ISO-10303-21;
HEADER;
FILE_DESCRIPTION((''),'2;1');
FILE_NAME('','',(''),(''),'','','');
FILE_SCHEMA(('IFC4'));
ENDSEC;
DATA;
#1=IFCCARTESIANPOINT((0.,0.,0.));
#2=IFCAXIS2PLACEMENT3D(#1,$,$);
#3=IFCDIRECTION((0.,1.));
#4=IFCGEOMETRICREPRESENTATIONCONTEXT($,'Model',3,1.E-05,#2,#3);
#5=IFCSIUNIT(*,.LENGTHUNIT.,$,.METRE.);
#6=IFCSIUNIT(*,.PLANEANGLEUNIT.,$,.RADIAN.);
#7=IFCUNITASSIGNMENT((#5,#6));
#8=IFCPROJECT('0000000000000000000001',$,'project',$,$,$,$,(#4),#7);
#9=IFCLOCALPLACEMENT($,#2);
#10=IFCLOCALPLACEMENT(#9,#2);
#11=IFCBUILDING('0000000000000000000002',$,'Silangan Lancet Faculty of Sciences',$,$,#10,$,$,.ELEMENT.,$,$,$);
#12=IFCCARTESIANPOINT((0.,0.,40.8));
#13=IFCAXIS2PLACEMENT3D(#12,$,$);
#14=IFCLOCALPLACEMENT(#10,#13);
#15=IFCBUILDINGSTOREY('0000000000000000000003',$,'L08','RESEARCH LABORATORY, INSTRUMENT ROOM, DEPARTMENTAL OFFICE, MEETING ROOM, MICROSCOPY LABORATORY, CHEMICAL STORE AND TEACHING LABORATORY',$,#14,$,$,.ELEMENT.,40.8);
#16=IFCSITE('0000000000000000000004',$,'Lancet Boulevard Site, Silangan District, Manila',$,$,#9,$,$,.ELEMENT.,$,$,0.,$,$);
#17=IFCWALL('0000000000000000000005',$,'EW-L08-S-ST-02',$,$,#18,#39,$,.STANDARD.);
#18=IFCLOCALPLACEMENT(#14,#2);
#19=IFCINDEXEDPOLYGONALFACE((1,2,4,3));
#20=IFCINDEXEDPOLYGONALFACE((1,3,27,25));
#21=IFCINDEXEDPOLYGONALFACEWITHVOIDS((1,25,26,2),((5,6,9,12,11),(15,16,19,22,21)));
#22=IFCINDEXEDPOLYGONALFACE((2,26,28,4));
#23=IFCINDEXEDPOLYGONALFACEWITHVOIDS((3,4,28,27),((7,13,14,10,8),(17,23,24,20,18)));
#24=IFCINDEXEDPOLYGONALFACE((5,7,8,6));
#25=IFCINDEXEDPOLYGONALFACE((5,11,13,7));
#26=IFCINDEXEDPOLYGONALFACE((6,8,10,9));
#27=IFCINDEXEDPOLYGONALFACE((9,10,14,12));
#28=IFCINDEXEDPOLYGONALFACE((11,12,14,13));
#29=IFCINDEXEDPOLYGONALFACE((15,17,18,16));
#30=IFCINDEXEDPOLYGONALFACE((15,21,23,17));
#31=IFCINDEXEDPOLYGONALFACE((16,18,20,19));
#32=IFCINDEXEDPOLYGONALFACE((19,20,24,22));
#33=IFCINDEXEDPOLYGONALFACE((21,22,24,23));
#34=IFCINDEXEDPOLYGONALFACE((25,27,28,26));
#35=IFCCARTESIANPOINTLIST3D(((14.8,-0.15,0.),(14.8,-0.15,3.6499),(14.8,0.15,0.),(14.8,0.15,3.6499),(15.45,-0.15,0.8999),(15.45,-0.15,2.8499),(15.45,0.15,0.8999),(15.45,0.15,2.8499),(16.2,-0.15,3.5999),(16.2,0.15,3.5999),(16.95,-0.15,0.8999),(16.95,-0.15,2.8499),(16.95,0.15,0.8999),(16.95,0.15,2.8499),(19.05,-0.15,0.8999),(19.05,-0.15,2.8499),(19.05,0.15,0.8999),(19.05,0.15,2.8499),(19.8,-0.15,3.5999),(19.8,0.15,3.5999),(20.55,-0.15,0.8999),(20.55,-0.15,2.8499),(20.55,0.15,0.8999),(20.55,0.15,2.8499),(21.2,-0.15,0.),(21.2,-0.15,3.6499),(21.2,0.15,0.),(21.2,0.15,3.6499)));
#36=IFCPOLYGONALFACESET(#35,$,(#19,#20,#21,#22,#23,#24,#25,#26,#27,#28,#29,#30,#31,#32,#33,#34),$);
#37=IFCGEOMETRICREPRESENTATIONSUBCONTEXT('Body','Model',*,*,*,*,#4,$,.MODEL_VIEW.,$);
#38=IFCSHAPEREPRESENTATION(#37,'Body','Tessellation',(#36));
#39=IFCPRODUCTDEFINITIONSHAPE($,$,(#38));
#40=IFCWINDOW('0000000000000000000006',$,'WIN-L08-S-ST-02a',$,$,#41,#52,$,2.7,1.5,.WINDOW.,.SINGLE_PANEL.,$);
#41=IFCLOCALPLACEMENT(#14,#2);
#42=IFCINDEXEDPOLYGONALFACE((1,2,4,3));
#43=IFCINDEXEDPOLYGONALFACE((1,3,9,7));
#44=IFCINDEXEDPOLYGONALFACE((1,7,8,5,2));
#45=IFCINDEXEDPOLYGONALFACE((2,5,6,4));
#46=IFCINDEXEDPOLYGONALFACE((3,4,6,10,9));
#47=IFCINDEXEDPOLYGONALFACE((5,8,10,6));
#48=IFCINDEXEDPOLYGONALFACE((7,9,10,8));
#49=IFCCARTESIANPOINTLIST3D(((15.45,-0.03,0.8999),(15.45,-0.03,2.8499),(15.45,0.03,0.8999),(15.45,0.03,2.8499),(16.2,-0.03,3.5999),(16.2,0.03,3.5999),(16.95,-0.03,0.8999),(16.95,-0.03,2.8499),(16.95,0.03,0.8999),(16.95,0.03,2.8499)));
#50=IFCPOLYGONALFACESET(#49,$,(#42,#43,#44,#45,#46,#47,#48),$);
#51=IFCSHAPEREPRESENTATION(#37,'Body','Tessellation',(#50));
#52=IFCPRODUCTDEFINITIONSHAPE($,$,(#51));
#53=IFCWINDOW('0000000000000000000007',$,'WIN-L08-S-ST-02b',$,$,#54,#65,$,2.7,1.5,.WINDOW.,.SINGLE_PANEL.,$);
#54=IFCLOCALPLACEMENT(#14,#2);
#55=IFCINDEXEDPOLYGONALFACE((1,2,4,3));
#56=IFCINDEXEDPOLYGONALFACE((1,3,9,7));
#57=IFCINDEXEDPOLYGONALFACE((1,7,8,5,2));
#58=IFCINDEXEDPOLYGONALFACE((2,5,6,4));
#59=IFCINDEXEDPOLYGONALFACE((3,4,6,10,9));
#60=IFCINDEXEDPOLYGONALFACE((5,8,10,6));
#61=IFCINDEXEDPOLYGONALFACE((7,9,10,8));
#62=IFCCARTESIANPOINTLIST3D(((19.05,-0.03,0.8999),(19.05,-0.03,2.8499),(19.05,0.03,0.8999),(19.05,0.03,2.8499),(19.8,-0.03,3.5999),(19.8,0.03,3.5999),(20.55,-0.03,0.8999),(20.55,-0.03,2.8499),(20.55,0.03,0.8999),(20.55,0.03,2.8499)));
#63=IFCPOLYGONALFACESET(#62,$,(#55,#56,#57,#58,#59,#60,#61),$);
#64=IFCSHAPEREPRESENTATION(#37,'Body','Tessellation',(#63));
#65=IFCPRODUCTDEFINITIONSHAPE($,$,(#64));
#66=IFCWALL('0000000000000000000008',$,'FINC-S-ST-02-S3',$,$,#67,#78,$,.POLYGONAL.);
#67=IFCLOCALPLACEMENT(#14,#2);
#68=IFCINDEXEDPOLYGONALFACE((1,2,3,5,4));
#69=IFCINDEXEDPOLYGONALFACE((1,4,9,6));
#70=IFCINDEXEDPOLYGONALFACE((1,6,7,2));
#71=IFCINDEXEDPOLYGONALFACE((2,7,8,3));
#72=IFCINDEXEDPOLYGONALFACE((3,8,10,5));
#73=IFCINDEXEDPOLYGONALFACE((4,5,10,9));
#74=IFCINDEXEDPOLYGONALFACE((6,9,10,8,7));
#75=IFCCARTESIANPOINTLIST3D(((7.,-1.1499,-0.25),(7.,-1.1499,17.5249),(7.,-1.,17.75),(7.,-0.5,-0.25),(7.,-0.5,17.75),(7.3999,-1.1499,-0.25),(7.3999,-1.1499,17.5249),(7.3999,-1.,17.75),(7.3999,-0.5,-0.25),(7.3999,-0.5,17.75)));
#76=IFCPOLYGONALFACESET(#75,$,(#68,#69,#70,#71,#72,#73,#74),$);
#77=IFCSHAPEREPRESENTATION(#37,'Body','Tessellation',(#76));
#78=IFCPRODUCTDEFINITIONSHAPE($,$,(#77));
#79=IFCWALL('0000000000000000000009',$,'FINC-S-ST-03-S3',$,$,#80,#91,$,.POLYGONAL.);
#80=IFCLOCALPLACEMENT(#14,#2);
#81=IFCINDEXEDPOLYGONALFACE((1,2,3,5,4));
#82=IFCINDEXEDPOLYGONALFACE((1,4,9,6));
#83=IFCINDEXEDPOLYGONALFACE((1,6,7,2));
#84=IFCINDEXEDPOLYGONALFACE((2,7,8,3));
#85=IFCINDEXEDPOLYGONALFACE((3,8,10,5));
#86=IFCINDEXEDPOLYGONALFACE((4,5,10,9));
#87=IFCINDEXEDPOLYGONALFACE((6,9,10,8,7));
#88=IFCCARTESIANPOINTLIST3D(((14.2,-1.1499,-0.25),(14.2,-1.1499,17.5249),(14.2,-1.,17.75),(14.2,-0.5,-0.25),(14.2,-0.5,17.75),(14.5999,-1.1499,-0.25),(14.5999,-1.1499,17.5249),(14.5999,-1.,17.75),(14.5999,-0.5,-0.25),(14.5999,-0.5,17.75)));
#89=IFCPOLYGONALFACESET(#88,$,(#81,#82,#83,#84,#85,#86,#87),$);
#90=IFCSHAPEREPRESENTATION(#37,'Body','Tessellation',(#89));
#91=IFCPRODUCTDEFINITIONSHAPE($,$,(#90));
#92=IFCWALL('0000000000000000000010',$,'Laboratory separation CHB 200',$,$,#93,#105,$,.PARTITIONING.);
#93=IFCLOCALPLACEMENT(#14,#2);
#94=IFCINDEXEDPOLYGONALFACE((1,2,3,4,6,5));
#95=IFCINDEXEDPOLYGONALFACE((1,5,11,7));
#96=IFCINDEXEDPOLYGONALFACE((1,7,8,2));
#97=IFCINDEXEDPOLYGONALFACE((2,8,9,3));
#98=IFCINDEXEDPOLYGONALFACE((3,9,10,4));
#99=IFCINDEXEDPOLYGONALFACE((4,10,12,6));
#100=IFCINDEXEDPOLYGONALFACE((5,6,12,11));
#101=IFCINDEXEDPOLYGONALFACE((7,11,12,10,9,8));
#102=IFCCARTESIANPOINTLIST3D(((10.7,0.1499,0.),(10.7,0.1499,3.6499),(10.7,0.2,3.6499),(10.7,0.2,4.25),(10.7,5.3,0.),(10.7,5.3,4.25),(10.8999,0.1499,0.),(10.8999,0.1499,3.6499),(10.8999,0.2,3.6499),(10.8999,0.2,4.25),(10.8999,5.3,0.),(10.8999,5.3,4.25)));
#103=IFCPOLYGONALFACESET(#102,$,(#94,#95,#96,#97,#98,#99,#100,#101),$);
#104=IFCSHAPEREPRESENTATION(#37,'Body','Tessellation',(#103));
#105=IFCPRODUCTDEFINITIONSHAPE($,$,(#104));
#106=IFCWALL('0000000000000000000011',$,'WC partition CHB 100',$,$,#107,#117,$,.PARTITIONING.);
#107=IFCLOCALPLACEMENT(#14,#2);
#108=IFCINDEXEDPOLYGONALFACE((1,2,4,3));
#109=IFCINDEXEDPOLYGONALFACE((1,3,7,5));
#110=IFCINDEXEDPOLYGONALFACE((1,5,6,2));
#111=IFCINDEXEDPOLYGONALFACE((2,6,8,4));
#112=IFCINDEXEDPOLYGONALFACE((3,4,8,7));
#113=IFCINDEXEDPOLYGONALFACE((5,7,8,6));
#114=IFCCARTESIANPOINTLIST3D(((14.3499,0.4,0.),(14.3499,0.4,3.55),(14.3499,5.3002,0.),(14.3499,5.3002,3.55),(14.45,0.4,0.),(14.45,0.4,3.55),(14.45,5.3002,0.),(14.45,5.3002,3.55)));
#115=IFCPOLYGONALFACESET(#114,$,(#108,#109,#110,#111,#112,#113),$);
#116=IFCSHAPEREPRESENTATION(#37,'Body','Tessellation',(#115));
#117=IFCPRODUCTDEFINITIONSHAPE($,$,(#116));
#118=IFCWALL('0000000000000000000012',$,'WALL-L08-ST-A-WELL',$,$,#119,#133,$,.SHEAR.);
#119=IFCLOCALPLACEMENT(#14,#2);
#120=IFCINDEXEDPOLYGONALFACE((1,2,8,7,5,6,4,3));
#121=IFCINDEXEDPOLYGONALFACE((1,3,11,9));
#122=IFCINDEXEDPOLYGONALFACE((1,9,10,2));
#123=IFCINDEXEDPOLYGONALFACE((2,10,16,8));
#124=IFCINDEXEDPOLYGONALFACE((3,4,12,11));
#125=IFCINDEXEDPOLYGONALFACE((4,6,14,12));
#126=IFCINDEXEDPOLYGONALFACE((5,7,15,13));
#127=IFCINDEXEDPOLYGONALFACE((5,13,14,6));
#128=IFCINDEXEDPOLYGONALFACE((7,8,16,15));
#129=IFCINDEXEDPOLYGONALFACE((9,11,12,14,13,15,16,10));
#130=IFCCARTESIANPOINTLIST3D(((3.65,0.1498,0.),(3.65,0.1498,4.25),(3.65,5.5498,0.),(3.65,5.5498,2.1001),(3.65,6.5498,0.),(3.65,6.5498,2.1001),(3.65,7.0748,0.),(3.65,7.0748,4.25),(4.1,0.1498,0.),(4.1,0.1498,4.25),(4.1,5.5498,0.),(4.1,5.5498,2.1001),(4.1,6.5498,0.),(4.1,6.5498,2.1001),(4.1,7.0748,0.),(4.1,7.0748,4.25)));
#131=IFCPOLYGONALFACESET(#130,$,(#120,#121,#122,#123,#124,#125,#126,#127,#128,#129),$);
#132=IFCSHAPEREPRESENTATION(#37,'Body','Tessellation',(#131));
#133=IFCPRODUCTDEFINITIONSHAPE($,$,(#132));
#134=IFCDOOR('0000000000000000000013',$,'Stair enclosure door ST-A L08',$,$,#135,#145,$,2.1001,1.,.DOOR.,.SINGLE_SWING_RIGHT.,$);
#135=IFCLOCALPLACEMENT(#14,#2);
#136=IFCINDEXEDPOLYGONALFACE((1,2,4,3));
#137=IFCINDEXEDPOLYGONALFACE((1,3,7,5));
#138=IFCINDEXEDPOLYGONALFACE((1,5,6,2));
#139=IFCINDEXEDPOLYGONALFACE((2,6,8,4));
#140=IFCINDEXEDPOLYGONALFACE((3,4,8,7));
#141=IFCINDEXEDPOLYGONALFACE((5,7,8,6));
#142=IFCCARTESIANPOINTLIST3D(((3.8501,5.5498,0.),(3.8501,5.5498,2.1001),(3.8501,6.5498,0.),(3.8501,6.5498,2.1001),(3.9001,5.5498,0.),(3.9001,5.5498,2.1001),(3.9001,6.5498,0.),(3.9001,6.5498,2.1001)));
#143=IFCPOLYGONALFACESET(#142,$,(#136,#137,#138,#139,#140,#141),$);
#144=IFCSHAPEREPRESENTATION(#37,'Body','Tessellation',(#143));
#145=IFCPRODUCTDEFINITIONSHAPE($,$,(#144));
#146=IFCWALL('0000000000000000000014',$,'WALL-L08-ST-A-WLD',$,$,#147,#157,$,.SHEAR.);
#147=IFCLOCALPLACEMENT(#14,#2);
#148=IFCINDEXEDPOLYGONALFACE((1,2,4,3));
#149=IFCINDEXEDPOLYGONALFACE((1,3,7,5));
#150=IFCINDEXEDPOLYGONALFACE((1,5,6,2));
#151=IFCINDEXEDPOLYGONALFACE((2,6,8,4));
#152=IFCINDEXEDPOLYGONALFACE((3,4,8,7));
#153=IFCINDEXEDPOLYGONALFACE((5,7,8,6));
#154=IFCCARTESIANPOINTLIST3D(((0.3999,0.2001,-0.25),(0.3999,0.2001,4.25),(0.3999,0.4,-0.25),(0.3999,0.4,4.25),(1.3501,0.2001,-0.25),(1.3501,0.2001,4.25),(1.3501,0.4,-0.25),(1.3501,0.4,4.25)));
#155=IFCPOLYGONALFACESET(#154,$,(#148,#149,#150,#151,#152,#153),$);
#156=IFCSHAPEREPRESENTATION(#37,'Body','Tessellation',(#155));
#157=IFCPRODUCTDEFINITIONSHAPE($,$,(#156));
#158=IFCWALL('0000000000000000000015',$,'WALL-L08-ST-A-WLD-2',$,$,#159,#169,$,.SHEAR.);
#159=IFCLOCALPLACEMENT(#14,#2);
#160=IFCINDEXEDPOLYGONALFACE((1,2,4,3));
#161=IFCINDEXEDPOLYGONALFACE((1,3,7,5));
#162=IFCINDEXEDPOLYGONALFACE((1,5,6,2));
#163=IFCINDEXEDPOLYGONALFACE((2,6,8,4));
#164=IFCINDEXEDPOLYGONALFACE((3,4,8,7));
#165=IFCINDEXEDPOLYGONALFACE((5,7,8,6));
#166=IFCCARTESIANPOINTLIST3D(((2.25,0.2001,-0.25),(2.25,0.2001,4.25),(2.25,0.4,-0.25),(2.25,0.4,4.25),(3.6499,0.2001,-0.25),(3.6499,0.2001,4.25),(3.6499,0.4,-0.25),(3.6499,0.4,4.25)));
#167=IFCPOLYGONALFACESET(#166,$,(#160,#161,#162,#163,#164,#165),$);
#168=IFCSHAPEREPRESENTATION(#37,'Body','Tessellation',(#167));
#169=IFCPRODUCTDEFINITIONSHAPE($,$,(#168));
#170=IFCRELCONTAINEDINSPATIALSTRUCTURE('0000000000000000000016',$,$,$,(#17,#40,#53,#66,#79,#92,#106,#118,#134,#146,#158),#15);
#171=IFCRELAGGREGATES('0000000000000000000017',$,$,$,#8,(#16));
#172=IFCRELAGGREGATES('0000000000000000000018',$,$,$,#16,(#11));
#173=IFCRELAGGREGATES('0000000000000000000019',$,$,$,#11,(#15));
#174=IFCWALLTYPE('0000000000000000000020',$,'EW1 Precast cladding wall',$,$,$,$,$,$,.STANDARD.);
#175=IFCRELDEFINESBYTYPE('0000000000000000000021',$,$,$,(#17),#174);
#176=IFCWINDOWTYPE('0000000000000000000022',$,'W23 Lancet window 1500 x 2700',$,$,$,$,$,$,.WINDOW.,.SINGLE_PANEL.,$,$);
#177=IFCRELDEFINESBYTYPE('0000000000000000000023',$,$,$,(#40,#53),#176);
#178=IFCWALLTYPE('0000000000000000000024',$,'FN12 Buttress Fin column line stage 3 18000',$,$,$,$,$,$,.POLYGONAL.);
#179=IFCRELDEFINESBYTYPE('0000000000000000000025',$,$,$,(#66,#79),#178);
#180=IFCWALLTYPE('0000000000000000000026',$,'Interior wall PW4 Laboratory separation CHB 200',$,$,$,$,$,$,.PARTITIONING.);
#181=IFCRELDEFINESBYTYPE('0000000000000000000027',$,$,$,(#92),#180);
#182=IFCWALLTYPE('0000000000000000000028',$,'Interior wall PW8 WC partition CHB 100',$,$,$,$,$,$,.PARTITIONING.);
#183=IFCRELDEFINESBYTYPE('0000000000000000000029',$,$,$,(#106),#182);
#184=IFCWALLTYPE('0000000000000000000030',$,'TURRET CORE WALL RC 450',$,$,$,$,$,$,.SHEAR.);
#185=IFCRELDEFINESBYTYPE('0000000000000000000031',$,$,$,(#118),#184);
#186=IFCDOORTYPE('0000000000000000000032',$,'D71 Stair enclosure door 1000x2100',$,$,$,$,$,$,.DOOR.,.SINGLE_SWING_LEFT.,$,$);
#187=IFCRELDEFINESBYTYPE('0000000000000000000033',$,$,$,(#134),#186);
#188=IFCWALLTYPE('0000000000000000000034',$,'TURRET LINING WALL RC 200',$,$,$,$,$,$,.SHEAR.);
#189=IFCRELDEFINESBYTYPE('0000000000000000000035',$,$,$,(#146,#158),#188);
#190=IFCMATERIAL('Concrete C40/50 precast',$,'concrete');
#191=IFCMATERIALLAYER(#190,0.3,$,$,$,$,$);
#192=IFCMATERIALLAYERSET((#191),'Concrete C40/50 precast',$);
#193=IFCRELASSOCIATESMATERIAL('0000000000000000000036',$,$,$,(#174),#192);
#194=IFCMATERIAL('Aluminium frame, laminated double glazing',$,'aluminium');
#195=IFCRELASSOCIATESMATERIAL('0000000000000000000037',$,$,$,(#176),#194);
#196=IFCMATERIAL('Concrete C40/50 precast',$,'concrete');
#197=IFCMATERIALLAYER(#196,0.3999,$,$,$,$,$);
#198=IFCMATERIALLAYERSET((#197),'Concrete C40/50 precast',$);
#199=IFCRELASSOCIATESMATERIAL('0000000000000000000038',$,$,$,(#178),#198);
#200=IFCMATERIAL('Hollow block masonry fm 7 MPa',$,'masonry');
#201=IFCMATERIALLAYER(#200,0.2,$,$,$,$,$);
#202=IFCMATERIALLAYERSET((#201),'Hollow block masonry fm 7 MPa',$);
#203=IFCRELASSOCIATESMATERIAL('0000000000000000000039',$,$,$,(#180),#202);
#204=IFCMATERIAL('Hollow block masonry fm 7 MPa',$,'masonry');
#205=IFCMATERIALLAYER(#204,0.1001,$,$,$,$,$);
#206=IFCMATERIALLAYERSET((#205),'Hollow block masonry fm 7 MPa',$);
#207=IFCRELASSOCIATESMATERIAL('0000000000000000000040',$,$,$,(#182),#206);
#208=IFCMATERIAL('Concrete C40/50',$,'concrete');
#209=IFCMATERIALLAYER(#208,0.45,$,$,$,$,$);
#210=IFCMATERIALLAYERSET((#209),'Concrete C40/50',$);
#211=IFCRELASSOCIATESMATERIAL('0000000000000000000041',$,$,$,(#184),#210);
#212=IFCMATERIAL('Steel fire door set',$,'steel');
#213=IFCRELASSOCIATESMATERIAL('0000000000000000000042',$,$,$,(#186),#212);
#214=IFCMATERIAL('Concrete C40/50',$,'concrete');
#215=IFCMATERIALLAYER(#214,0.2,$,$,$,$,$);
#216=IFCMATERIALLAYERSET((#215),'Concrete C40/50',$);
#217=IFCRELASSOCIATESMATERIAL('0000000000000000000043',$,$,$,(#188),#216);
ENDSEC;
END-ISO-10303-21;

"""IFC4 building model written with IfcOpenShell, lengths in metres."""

from ifc_helpers import new_model, si_unit, direction, frame, frame_2d, origin, place, context, subcontext, project, spatial, polyline, rectangle, outline, extrude, material, layer, layer_set, type_object, element, fill, save


model = new_model("IFC4")

# Units and contexts
model_context = context("Model", 3, precision=1e-05, world=origin(), true_north=direction((0.0, 1.0)))
body_context = subcontext(model_context, "Body", "Model", "MODEL_VIEW")
ifc_project = project(units=[si_unit("LENGTHUNIT", "METRE"), si_unit("PLANEANGLEUNIT", "RADIAN")], contexts=[model_context])

# Site, building, storey
site_placement = place(None, origin())
site = spatial("IfcSite", under=ifc_project, at=site_placement, Name="Lancet Boulevard Site, Silangan District, Manila", CompositionType="ELEMENT", RefElevation=0.0)
building_placement = place(site_placement, origin())
building = spatial("IfcBuilding", under=site, at=building_placement, Name="Silangan Lancet Faculty of Sciences", CompositionType="ELEMENT")
storey_placement = place(building_placement, frame((0.0, 0.0, 40.8)))
storey = spatial("IfcBuildingStorey", under=building, at=storey_placement, Name="L08", Description="RESEARCH LABORATORY, INSTRUMENT ROOM, DEPARTMENTAL OFFICE, MEETING ROOM, MICROSCOPY LABORATORY, CHEMICAL STORE AND TEACHING LABORATORY", CompositionType="ELEMENT", Elevation=40.8)

# Wall, openings, windows
ifc_material_1 = material(Name="Concrete C40/50 precast", Category="concrete")
ifc_layer_1 = layer(ifc_material_1, 0.3)
ifc_layer_set_1 = layer_set([ifc_layer_1], Name="Concrete C40/50 precast")
wall_type_1 = type_object("IfcWallType", Name="EW1 Precast cladding wall", PredefinedType="STANDARD", material=ifc_layer_set_1)
ifc_material_2 = material(Name="Aluminium frame, laminated double glazing", Category="aluminium")
window_type = type_object("IfcWindowType", Name="W23 Lancet window 1500 x 2700", PartitioningType="SINGLE_PANEL", PredefinedType="WINDOW", material=ifc_material_2)
wall_1_placement = place(storey_placement, frame((14.8, 0.0, 0.0), z_axis=(0.0, 0.0, 1.0), x_axis=(1.0, 0.0, 0.0)))
wall_1 = element("IfcWall", 1, at=wall_1_placement, inside=storey, type_object=wall_type_1, Name="EW-L08-S-ST-02", PredefinedType="STANDARD", context=body_context, shape_type="SweptSolid", body=[
    extrude(rectangle(XDim=6.3999, YDim=0.3, at=frame_2d((3.2, 0.0))), origin(), (0.0, 0.0, 1.0), 3.6499),
])
opening_1_placement = place(wall_1_placement, frame((0.6499, 0.0, 0.8999)))
opening_1 = element("IfcOpeningElement", 2, at=opening_1_placement, cuts=wall_1, PredefinedType="OPENING", context=body_context, shape_type="SweptSolid", body=[
    extrude(outline(polyline([(0.0, 0.0), (1.5, 0.0), (1.5, 1.95), (0.75, 2.7), (0.0, 1.95), (0.0, 0.0)])), frame((0.0, 0.1599, 0.0), z_axis=(0.0, -1.0, 0.0), x_axis=(1.0, 0.0, 0.0)), (0.0, 0.0, 1.0), 0.3201),
])
opening_2_placement = place(wall_1_placement, frame((4.25, 0.0, 0.8999)))
opening_2 = element("IfcOpeningElement", 3, at=opening_2_placement, cuts=wall_1, PredefinedType="OPENING", context=body_context, shape_type="SweptSolid", body=[
    extrude(outline(polyline([(0.0, 0.0), (1.5, 0.0), (1.5, 1.95), (0.75, 2.7), (0.0, 1.95), (0.0, 0.0)])), frame((0.0, 0.1599, 0.0), z_axis=(0.0, -1.0, 0.0), x_axis=(1.0, 0.0, 0.0)), (0.0, 0.0, 1.0), 0.3201),
])
window_1_placement = place(opening_1_placement, origin())
window_1 = element("IfcWindow", 4, at=window_1_placement, inside=storey, type_object=window_type, Name="WIN-L08-S-ST-02a", OverallHeight=2.7, OverallWidth=1.5, PartitioningType="SINGLE_PANEL", PredefinedType="WINDOW", context=body_context, shape_type="SweptSolid", body=[
    extrude(outline(polyline([(0.0, 0.0), (1.5, 0.0), (1.5, 1.95), (0.75, 2.7), (0.0, 1.95), (0.0, 0.0)])), frame((0.0, 0.03, 0.0), z_axis=(0.0, -1.0, 0.0), x_axis=(1.0, 0.0, 0.0)), (0.0, 0.0, 1.0), 0.0601),
])
fill(opening_1, window_1)
window_2_placement = place(opening_2_placement, origin())
window_2 = element("IfcWindow", 5, at=window_2_placement, inside=storey, type_object=window_type, Name="WIN-L08-S-ST-02b", OverallHeight=2.7, OverallWidth=1.5, PartitioningType="SINGLE_PANEL", PredefinedType="WINDOW", context=body_context, shape_type="SweptSolid", body=[
    extrude(outline(polyline([(0.0, 0.0), (1.5, 0.0), (1.5, 1.95), (0.75, 2.7), (0.0, 1.95), (0.0, 0.0)])), frame((0.0, 0.03, 0.0), z_axis=(0.0, -1.0, 0.0), x_axis=(1.0, 0.0, 0.0)), (0.0, 0.0, 1.0), 0.0601),
])
fill(opening_2, window_2)

# Walls
ifc_material_3 = material(Name="Concrete C40/50 precast", Category="concrete")
ifc_layer_2 = layer(ifc_material_3, 0.3999)
ifc_layer_set_2 = layer_set([ifc_layer_2], Name="Concrete C40/50 precast")
wall_type_2 = type_object("IfcWallType", Name="FN12 Buttress Fin column line stage 3 18000", PredefinedType="POLYGONAL", material=ifc_layer_set_2)
for number, where, z_axis, x_axis, name in (
    (6, (7.2, -0.5, -0.25), (0.0, 0.0, 1.0), (0.0, -1.0, 0.0), "FINC-S-ST-02-S3"),
    (7, (14.3999, -0.5, -0.25), (0.0, 0.0, 1.0), (0.0, -1.0, 0.0), "FINC-S-ST-03-S3"),
):
    element("IfcWall", number, at=place(storey_placement, frame(where, z_axis=z_axis, x_axis=x_axis)), inside=storey, type_object=wall_type_2, Name=name, PredefinedType="POLYGONAL", context=body_context, shape_type="SweptSolid", body=[
        extrude(outline(polyline([(0.6499, 0.0), (0.6499, 17.7749), (0.5, 18.0), (0.0, 18.0), (0.0, 0.0), (0.6499, 0.0)])), frame((0.0, 0.2, 0.0), z_axis=(0.0, -1.0, 0.0), x_axis=(1.0, 0.0, 0.0)), (0.0, 0.0, 1.0), 0.3999),
    ])
ifc_material_4 = material(Name="Hollow block masonry fm 7 MPa", Category="masonry")
ifc_layer_3 = layer(ifc_material_4, 0.2)
ifc_layer_set_3 = layer_set([ifc_layer_3], Name="Hollow block masonry fm 7 MPa")
wall_type_3 = type_object("IfcWallType", Name="Interior wall PW4 Laboratory separation CHB 200", PredefinedType="PARTITIONING", material=ifc_layer_set_3)
wall_2_placement = place(storey_placement, frame((10.8, 0.1499, 0.0), z_axis=(0.0, 0.0, 1.0), x_axis=(0.0, 1.0, 0.0)))
element("IfcWall", 8, at=wall_2_placement, inside=storey, type_object=wall_type_3, Name="Laboratory separation CHB 200", PredefinedType="PARTITIONING", context=body_context, shape_type="SweptSolid", body=[
    extrude(outline(polyline([(0.0, 0.0), (5.1501, 0.0), (5.1501, 4.25), (0.05, 4.25), (0.05, 3.6499), (0.0, 3.6499), (0.0, 0.0)])), frame((0.0, 0.1001, 0.0), z_axis=(0.0, -1.0, 0.0), x_axis=(1.0, 0.0, 0.0)), (0.0, 0.0, 1.0), 0.2),
])
ifc_material_5 = material(Name="Hollow block masonry fm 7 MPa", Category="masonry")
ifc_layer_4 = layer(ifc_material_5, 0.1001)
ifc_layer_set_4 = layer_set([ifc_layer_4], Name="Hollow block masonry fm 7 MPa")
wall_type_4 = type_object("IfcWallType", Name="Interior wall PW8 WC partition CHB 100", PredefinedType="PARTITIONING", material=ifc_layer_set_4)
wall_3_placement = place(storey_placement, frame((14.3999, 0.3999, 0.0), z_axis=(0.0, 0.0, 1.0), x_axis=(0.0, 1.0, 0.0)))
element("IfcWall", 9, at=wall_3_placement, inside=storey, type_object=wall_type_4, Name="WC partition CHB 100", PredefinedType="PARTITIONING", context=body_context, shape_type="SweptSolid", body=[
    extrude(rectangle(XDim=4.9001, YDim=0.1001, at=frame_2d((2.4502, 0.0))), origin(), (0.0, 0.0, 1.0), 3.55),
])

# Wall, opening, door
ifc_material_6 = material(Name="Concrete C40/50", Category="concrete")
ifc_layer_5 = layer(ifc_material_6, 0.45)
ifc_layer_set_5 = layer_set([ifc_layer_5], Name="Concrete C40/50")
wall_type_5 = type_object("IfcWallType", Name="TURRET CORE WALL RC 450", PredefinedType="SHEAR", material=ifc_layer_set_5)
wall_4_placement = place(storey_placement, frame((3.875, 0.1499, 0.0), z_axis=(0.0, 0.0, 1.0), x_axis=(0.0, 1.0, 0.0)))
wall_4 = element("IfcWall", 10, at=wall_4_placement, inside=storey, type_object=wall_type_5, Name="WALL-L08-ST-A-WELL", PredefinedType="SHEAR", context=body_context, shape_type="SweptSolid", body=[
    extrude(rectangle(XDim=6.925, YDim=0.45, at=frame_2d((3.4624, 0.0))), origin(), (0.0, 0.0, 1.0), 4.25),
])
opening_3_placement = place(wall_4_placement, frame((5.3999, 0.0, 0.0)))
opening_3 = element("IfcOpeningElement", 11, at=opening_3_placement, cuts=wall_4, PredefinedType="OPENING", context=body_context, shape_type="SweptSolid", body=[
    extrude(rectangle(XDim=1.0, YDim=2.1001, at=frame_2d((0.5, 1.05))), frame((0.0, 0.2349, 0.0), z_axis=(0.0, -1.0, 0.0), x_axis=(1.0, 0.0, 0.0)), (0.0, 0.0, 1.0), 0.47),
])
ifc_material_7 = material(Name="Steel fire door set", Category="steel")
door_type = type_object("IfcDoorType", Name="D71 Stair enclosure door 1000x2100", OperationType="SINGLE_SWING_LEFT", PredefinedType="DOOR", material=ifc_material_7)
door_placement = place(opening_3_placement, origin())
door = element("IfcDoor", 12, at=door_placement, inside=storey, type_object=door_type, Name="Stair enclosure door ST-A L08", OperationType="SINGLE_SWING_RIGHT", OverallHeight=2.1001, OverallWidth=1.0, PredefinedType="DOOR", context=body_context, shape_type="SweptSolid", body=[
    extrude(rectangle(XDim=1.0, YDim=2.1001, at=frame_2d((0.5, 1.05))), frame((0.0, 0.0249, 0.0), z_axis=(0.0, -1.0, 0.0), x_axis=(1.0, 0.0, 0.0)), (0.0, 0.0, 1.0), 0.05),
])
fill(opening_3, door)

# Walls
ifc_material_8 = material(Name="Concrete C40/50", Category="concrete")
ifc_layer_6 = layer(ifc_material_8, 0.2)
ifc_layer_set_6 = layer_set([ifc_layer_6], Name="Concrete C40/50")
wall_type_6 = type_object("IfcWallType", Name="TURRET LINING WALL RC 200", PredefinedType="SHEAR", material=ifc_layer_set_6)
wall_5_placement = place(storey_placement, frame((0.3999, 0.3, -0.25), z_axis=(0.0, 0.0, 1.0), x_axis=(1.0, 0.0, 0.0)))
element("IfcWall", 13, at=wall_5_placement, inside=storey, type_object=wall_type_6, Name="WALL-L08-ST-A-WLD", PredefinedType="SHEAR", context=body_context, shape_type="SweptSolid", body=[
    extrude(rectangle(XDim=0.9502, YDim=0.2, at=frame_2d((0.4751, 0.0))), origin(), (0.0, 0.0, 1.0), 4.5),
])
wall_6_placement = place(storey_placement, frame((2.25, 0.3, -0.25), z_axis=(0.0, 0.0, 1.0), x_axis=(1.0, 0.0, 0.0)))
element("IfcWall", 14, at=wall_6_placement, inside=storey, type_object=wall_type_6, Name="WALL-L08-ST-A-WLD-2", PredefinedType="SHEAR", context=body_context, shape_type="SweptSolid", body=[
    extrude(rectangle(XDim=1.3999, YDim=0.2, at=frame_2d((0.7, 0.0))), origin(), (0.0, 0.0, 1.0), 4.5),
])

save(model, "model.ifc")
